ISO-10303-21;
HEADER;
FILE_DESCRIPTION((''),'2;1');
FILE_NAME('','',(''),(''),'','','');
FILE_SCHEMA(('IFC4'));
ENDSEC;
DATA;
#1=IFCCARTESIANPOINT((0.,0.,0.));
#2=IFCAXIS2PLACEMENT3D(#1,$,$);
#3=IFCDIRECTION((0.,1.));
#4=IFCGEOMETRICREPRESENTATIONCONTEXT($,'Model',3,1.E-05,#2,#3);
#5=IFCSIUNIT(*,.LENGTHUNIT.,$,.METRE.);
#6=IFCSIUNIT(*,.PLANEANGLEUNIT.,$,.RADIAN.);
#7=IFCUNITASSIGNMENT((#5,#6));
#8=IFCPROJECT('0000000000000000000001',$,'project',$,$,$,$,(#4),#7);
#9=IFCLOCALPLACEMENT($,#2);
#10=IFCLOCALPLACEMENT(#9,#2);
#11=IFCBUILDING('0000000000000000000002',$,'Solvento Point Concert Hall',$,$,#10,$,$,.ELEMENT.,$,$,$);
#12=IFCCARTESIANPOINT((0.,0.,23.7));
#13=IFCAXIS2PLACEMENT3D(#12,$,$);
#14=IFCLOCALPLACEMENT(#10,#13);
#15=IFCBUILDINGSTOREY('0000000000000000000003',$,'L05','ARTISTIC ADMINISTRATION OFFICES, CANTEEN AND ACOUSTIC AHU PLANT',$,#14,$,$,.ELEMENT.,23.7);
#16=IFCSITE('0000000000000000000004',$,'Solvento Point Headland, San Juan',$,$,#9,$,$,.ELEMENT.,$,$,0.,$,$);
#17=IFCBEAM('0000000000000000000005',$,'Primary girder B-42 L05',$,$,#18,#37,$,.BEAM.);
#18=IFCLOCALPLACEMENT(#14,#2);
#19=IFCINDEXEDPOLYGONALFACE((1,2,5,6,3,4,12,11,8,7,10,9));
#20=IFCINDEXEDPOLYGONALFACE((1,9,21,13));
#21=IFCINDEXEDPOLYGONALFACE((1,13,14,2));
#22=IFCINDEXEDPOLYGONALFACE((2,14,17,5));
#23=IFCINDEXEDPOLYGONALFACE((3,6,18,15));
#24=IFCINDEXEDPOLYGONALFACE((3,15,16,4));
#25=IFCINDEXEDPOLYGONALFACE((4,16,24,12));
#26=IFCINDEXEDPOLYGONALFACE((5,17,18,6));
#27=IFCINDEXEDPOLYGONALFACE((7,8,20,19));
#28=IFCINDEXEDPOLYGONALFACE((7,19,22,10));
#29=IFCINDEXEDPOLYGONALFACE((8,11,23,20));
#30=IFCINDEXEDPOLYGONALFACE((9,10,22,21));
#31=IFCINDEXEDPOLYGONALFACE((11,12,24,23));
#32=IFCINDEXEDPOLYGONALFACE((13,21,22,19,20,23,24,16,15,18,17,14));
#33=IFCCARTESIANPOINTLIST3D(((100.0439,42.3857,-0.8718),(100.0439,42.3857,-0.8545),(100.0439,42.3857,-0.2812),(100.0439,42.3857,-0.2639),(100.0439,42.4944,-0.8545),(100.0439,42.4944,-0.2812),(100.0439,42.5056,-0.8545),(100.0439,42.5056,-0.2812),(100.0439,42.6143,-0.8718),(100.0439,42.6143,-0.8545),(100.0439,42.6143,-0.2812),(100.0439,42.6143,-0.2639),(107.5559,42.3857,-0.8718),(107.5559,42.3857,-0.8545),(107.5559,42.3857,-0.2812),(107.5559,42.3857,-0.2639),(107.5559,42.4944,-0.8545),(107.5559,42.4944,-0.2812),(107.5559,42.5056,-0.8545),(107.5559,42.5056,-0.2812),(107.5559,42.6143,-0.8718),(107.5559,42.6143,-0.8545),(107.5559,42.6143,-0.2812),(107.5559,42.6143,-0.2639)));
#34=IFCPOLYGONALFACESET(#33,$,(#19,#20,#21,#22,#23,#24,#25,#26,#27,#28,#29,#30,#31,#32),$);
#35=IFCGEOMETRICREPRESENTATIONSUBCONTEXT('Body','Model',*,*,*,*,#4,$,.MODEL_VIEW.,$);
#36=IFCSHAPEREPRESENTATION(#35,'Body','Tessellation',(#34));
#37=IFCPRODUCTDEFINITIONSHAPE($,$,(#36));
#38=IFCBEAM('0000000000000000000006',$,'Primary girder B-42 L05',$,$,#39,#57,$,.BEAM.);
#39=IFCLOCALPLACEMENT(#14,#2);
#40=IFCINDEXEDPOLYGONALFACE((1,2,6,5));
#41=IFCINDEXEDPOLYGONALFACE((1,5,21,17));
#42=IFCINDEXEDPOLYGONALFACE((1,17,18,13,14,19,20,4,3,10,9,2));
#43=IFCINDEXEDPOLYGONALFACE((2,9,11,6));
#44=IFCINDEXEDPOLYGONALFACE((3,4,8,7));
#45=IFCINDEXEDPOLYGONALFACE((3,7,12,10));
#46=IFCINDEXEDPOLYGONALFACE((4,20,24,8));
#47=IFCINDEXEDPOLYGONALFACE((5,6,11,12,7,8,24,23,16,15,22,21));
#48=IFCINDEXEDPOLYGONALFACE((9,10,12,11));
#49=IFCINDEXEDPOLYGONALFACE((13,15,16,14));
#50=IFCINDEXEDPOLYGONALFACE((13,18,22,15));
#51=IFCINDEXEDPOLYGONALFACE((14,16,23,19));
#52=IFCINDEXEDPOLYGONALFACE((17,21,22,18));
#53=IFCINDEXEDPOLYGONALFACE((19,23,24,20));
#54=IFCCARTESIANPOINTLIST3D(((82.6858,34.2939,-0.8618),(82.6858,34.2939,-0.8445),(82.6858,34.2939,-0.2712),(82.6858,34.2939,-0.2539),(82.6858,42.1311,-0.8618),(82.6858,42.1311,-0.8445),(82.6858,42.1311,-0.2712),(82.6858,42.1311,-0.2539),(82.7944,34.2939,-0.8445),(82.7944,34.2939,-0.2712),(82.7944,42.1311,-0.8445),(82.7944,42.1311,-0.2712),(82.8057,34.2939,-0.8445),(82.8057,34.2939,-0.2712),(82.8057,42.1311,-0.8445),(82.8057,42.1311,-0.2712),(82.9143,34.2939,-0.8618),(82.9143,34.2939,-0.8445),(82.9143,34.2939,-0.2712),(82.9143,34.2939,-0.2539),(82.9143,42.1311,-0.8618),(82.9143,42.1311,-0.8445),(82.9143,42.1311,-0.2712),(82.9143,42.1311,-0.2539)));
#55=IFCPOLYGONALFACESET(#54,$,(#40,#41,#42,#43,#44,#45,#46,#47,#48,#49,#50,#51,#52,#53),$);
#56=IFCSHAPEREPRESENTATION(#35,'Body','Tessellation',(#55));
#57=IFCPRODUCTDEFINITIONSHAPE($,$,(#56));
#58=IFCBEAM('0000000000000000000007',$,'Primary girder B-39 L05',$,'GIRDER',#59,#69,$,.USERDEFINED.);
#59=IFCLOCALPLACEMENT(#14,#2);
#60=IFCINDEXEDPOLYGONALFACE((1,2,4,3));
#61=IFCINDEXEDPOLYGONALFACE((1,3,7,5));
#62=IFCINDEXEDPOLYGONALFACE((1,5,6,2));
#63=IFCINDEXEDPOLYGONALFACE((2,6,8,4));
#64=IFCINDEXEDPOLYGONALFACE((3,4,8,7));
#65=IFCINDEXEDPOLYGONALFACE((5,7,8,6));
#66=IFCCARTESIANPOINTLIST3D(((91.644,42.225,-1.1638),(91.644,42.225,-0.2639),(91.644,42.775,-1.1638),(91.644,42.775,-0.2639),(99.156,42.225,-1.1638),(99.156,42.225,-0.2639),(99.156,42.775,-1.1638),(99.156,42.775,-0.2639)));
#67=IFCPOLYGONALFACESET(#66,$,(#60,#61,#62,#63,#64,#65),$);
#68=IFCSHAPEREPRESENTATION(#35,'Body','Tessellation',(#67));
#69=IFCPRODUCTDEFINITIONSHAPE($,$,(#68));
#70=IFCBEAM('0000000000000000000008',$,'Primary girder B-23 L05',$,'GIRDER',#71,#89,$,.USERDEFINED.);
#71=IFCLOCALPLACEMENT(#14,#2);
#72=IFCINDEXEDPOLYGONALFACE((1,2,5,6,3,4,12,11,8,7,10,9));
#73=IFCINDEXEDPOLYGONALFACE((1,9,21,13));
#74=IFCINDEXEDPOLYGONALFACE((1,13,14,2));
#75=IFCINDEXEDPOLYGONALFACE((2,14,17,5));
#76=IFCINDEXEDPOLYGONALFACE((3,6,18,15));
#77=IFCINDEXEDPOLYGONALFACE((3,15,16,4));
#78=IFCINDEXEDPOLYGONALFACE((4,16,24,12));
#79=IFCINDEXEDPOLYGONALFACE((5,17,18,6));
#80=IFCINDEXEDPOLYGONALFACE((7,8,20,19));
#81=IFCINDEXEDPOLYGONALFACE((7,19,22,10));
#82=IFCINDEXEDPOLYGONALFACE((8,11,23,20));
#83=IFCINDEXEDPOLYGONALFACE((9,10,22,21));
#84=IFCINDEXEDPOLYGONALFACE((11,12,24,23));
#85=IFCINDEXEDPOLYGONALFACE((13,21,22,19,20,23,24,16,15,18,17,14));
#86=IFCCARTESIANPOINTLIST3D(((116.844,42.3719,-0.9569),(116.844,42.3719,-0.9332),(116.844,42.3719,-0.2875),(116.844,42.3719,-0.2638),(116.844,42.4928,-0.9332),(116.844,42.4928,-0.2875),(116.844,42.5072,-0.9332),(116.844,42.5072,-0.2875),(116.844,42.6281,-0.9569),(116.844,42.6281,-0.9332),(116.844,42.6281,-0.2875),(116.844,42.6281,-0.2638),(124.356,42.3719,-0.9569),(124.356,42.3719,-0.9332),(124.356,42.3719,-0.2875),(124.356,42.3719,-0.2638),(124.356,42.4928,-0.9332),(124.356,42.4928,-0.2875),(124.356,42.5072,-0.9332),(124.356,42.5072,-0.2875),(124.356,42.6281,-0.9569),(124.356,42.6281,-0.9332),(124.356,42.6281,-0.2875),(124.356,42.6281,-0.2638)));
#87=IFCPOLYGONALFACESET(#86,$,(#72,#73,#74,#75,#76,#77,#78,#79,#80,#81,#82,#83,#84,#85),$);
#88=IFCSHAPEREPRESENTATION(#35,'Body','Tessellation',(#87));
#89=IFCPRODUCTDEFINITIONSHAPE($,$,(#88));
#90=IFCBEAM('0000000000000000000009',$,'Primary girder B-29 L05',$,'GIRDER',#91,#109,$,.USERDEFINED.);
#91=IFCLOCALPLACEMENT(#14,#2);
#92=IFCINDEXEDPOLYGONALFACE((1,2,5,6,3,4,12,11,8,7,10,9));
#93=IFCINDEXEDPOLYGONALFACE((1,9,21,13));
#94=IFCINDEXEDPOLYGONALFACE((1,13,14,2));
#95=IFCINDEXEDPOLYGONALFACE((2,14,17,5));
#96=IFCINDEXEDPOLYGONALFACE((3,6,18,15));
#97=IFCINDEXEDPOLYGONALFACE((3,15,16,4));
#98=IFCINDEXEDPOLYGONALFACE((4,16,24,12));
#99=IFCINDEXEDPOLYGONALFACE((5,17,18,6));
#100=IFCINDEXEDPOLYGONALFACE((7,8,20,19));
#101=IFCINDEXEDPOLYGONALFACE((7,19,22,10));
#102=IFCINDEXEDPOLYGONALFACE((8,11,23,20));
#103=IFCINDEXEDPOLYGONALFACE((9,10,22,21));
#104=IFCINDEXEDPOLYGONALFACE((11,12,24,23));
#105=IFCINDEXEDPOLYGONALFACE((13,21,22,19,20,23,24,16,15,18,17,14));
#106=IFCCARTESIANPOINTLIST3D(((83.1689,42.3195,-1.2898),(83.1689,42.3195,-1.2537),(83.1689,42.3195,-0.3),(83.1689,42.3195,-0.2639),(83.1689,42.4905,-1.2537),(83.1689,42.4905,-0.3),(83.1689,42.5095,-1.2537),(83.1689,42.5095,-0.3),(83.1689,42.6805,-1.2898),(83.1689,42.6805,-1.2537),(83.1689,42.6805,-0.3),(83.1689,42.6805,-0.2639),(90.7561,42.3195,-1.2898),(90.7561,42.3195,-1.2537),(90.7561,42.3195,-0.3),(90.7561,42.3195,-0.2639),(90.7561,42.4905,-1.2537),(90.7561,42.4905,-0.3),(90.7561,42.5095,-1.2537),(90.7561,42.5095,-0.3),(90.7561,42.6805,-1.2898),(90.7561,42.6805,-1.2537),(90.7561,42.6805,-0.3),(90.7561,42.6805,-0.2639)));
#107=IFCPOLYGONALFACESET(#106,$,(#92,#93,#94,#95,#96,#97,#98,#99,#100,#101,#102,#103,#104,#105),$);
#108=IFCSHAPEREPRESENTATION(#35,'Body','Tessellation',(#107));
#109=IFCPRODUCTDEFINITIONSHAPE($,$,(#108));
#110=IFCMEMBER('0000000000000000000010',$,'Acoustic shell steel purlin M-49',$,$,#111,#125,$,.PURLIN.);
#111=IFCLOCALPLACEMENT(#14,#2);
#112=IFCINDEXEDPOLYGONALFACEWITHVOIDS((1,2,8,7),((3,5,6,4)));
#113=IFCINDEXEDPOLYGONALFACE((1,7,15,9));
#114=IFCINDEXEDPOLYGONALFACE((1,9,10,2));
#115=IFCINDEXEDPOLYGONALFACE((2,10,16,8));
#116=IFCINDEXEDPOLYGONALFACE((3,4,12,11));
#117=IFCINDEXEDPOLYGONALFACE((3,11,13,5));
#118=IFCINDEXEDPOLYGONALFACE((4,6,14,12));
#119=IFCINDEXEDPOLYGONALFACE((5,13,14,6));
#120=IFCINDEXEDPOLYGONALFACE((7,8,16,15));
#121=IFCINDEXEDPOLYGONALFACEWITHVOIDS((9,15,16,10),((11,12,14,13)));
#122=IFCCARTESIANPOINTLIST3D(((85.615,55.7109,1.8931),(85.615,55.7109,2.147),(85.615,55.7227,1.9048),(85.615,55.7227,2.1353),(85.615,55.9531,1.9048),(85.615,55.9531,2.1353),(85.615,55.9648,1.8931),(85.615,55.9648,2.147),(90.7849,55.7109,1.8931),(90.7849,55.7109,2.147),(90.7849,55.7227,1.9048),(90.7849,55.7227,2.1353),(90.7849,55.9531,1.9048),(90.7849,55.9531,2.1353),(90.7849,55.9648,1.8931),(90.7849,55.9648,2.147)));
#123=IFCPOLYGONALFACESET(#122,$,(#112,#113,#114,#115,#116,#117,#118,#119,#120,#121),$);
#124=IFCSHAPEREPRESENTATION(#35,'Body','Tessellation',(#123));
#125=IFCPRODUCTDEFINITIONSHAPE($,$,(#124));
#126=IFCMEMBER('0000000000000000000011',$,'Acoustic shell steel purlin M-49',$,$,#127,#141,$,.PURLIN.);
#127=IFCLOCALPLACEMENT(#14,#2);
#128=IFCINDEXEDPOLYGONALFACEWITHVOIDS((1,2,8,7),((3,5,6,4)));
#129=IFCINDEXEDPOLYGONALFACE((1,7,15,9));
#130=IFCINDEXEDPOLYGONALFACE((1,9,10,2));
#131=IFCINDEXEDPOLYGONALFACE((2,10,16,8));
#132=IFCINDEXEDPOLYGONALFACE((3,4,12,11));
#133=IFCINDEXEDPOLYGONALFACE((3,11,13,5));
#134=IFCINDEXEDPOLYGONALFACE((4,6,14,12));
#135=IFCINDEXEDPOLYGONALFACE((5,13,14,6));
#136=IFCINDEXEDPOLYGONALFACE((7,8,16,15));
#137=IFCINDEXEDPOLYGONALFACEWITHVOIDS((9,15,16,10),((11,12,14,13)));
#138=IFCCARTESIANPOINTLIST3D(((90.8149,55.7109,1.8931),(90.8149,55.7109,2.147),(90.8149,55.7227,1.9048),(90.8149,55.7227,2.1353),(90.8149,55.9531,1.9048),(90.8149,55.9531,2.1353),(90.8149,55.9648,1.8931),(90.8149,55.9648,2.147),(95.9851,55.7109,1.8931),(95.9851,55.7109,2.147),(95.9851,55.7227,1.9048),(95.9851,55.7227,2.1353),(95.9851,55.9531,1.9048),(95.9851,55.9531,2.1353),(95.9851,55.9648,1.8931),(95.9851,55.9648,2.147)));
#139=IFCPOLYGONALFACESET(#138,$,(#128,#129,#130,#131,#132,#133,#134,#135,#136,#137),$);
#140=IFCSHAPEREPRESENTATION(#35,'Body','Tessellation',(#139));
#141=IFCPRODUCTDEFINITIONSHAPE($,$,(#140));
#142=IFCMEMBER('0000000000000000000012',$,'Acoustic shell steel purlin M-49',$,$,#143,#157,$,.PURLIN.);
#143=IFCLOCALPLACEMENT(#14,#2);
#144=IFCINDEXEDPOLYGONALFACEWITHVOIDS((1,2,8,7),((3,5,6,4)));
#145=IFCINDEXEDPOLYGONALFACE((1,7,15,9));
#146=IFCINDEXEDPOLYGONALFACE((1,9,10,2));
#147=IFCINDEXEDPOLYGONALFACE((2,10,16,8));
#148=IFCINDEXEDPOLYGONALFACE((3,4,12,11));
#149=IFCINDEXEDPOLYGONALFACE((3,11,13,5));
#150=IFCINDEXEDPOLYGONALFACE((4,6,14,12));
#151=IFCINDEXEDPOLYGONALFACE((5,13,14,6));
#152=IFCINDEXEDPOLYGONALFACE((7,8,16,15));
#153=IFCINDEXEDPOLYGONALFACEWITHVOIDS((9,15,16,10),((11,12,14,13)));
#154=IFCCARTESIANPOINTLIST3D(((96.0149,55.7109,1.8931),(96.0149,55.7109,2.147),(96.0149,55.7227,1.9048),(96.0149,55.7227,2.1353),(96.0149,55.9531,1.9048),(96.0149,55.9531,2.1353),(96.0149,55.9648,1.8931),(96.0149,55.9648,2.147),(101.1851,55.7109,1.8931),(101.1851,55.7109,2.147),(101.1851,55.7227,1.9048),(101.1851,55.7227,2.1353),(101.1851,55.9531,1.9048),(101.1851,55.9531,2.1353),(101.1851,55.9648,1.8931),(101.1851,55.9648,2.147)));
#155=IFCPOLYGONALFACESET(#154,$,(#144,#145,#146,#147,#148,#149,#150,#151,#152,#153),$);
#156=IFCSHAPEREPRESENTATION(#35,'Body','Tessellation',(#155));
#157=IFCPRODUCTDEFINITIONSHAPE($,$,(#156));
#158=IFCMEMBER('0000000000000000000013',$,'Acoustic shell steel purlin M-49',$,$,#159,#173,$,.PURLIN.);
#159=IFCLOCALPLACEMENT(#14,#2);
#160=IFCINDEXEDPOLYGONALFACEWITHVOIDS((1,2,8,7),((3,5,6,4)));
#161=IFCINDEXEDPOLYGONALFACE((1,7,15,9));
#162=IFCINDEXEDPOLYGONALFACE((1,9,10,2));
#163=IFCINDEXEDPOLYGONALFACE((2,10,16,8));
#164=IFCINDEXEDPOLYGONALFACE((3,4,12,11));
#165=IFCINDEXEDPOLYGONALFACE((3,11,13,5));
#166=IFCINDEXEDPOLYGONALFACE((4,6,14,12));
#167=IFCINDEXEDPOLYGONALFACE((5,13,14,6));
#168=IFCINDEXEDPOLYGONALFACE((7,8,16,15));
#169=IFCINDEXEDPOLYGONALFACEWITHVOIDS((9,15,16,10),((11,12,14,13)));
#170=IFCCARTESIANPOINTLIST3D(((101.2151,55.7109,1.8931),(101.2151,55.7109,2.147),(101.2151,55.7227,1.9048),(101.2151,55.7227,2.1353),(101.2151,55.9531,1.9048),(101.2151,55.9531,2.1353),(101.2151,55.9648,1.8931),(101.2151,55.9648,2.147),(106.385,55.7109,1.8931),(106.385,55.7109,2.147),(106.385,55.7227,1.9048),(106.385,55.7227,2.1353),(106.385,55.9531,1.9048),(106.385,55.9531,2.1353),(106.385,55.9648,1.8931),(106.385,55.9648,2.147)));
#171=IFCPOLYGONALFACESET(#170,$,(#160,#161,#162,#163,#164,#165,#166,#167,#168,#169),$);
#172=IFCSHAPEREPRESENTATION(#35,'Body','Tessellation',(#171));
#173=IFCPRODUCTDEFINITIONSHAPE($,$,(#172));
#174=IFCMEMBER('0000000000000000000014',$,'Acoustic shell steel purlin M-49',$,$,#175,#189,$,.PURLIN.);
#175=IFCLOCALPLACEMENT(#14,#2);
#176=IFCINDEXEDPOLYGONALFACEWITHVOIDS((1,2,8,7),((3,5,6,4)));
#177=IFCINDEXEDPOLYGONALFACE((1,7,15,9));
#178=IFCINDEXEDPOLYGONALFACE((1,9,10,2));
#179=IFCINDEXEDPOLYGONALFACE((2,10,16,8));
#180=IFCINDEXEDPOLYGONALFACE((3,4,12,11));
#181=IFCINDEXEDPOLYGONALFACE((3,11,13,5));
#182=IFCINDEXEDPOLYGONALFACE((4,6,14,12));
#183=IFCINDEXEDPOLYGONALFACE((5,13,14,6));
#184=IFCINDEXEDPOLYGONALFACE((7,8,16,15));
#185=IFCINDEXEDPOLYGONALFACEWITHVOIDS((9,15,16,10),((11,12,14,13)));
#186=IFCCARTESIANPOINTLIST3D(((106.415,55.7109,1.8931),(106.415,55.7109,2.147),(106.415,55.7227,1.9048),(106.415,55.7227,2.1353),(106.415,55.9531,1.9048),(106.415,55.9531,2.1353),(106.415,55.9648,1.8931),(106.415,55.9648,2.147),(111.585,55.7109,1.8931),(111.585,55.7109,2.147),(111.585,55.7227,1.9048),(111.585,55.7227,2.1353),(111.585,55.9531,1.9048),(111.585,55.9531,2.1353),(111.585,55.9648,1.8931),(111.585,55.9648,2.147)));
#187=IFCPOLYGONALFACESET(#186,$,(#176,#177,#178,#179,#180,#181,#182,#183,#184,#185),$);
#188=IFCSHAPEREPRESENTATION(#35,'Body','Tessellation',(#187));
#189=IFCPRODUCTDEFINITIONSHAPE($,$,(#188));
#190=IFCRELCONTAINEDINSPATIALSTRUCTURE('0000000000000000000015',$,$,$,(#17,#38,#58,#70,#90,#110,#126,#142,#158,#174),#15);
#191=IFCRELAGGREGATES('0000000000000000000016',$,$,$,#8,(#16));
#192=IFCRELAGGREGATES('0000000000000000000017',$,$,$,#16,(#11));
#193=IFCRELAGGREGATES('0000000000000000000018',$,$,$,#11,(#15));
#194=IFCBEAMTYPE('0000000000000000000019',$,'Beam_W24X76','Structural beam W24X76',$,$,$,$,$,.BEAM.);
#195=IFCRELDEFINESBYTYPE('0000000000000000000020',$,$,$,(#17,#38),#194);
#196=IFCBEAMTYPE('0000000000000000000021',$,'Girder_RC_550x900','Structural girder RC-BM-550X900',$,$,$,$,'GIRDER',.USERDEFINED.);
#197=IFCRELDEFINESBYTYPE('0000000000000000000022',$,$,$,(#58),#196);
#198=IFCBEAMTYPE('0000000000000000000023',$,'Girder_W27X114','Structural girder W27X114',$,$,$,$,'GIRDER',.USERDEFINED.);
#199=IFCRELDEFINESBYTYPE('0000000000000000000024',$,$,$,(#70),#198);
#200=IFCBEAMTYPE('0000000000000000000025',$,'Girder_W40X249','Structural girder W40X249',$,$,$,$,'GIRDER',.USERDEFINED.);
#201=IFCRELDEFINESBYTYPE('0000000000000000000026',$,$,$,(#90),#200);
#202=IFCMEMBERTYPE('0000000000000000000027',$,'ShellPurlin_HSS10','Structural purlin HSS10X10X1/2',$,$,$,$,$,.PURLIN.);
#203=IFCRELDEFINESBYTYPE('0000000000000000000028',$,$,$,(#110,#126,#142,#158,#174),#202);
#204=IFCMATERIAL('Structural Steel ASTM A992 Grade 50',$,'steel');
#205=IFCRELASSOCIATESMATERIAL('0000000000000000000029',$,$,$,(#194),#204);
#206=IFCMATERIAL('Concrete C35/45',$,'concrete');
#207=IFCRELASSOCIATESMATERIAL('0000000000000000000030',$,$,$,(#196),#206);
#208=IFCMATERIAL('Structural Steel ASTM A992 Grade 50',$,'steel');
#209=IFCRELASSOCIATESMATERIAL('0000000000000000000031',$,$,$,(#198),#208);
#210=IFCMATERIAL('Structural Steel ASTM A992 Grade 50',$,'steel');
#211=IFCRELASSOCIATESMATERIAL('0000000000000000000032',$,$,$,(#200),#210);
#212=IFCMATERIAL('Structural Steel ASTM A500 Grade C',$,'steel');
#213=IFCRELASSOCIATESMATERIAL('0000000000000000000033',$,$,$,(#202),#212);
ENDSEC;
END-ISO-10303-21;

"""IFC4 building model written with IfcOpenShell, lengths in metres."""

from ifc_helpers import new_model, si_unit, direction, frame, origin, origin_2d, place, context, subcontext, project, spatial, rectangle, hollow_rectangle, i_section, extrude, material, material_profile, profile_set, type_object, element, save


model = new_model("IFC4")

# Units and contexts
model_context = context("Model", 3, precision=1e-05, world=origin(), true_north=direction((0.0, 1.0)))
body_context = subcontext(model_context, "Body", "Model", "MODEL_VIEW")
ifc_project = project(units=[si_unit("LENGTHUNIT", "METRE"), si_unit("PLANEANGLEUNIT", "RADIAN")], contexts=[model_context])

# Site, building, storey
site_placement = place(None, origin())
site = spatial("IfcSite", under=ifc_project, at=site_placement, Name="Solvento Point Headland, San Juan", CompositionType="ELEMENT", RefElevation=0.0)
building_placement = place(site_placement, origin())
building = spatial("IfcBuilding", under=site, at=building_placement, Name="Solvento Point Concert Hall", CompositionType="ELEMENT")
storey_placement = place(building_placement, frame((0.0, 0.0, 23.7)))
storey = spatial("IfcBuildingStorey", under=building, at=storey_placement, Name="L05", Description="ARTISTIC ADMINISTRATION OFFICES, CANTEEN AND ACOUSTIC AHU PLANT", CompositionType="ELEMENT", Elevation=23.7)

# Beams
ifc_material_1 = material(Name="Structural Steel ASTM A992 Grade 50", Category="steel")
ifc_material_profile_1 = material_profile(ifc_material_1, i_section(OverallWidth=0.2285, OverallDepth=0.6079, WebThickness=0.0112, FlangeThickness=0.0173, at=origin_2d()), Name="W24X76")
ifc_profile_set_1 = profile_set([ifc_material_profile_1], Name="Structural Steel ASTM A992 Grade 50")
beam_type_1 = type_object("IfcBeamType", Name="Beam_W24X76", Description="Structural beam W24X76", PredefinedType="BEAM", material=ifc_profile_set_1)
beam_1_placement = place(storey_placement, frame((100.0439, 42.5, -0.5679), z_axis=(1.0, 0.0, 0.0), x_axis=(0.0, 1.0, 0.0)))
element("IfcBeam", 1, at=beam_1_placement, inside=storey, type_object=beam_type_1, Name="Primary girder B-42 L05", PredefinedType="BEAM", context=body_context, shape_type="SweptSolid", body=[
    extrude(i_section(OverallWidth=0.2285, OverallDepth=0.6079, WebThickness=0.0112, FlangeThickness=0.0173, at=origin_2d()), origin(), (0.0, 0.0, 1.0), 7.512),
])
beam_2_placement = place(storey_placement, frame((82.8, 34.2939, -0.5579), z_axis=(0.0, 1.0, 0.0), x_axis=(-1.0, 0.0, 0.0)))
element("IfcBeam", 2, at=beam_2_placement, inside=storey, type_object=beam_type_1, Name="Primary girder B-42 L05", PredefinedType="BEAM", context=body_context, shape_type="SweptSolid", body=[
    extrude(i_section(OverallWidth=0.2285, OverallDepth=0.6079, WebThickness=0.0112, FlangeThickness=0.0173, at=origin_2d()), origin(), (0.0, 0.0, 1.0), 7.8372),
])
ifc_material_2 = material(Name="Concrete C35/45", Category="concrete")
ifc_material_profile_2 = material_profile(ifc_material_2, rectangle(XDim=0.55, YDim=0.8999, at=origin_2d()), Name="RC-BM-550X900")
ifc_profile_set_2 = profile_set([ifc_material_profile_2], Name="Concrete C35/45")
beam_type_2 = type_object("IfcBeamType", Name="Girder_RC_550x900", Description="Structural girder RC-BM-550X900", ElementType="GIRDER", PredefinedType="USERDEFINED", material=ifc_profile_set_2)
beam_3_placement = place(storey_placement, frame((91.644, 42.5, -0.7139), z_axis=(1.0, 0.0, 0.0), x_axis=(0.0, 1.0, 0.0)))
element("IfcBeam", 3, at=beam_3_placement, inside=storey, type_object=beam_type_2, Name="Primary girder B-39 L05", ObjectType="GIRDER", PredefinedType="USERDEFINED", context=body_context, shape_type="SweptSolid", body=[
    extrude(rectangle(XDim=0.55, YDim=0.8999, at=origin_2d()), origin(), (0.0, 0.0, 1.0), 7.512),
])
ifc_material_3 = material(Name="Structural Steel ASTM A992 Grade 50", Category="steel")
ifc_material_profile_3 = material_profile(ifc_material_3, i_section(OverallWidth=0.2561, OverallDepth=0.6931, WebThickness=0.0144, FlangeThickness=0.0237, at=origin_2d()), Name="W27X114")
ifc_profile_set_3 = profile_set([ifc_material_profile_3], Name="Structural Steel ASTM A992 Grade 50")
beam_type_3 = type_object("IfcBeamType", Name="Girder_W27X114", Description="Structural girder W27X114", ElementType="GIRDER", PredefinedType="USERDEFINED", material=ifc_profile_set_3)
beam_4_placement = place(storey_placement, frame((116.844, 42.5, -0.6104), z_axis=(1.0, 0.0, 0.0), x_axis=(0.0, 1.0, 0.0)))
element("IfcBeam", 4, at=beam_4_placement, inside=storey, type_object=beam_type_3, Name="Primary girder B-23 L05", ObjectType="GIRDER", PredefinedType="USERDEFINED", context=body_context, shape_type="SweptSolid", body=[
    extrude(i_section(OverallWidth=0.2561, OverallDepth=0.6931, WebThickness=0.0144, FlangeThickness=0.0237, at=origin_2d()), origin(), (0.0, 0.0, 1.0), 7.512),
])
ifc_material_4 = material(Name="Structural Steel ASTM A992 Grade 50", Category="steel")
ifc_material_profile_4 = material_profile(ifc_material_4, i_section(OverallWidth=0.3611, OverallDepth=1.0259, WebThickness=0.019, FlangeThickness=0.0361, at=origin_2d()), Name="W40X249")
ifc_profile_set_4 = profile_set([ifc_material_profile_4], Name="Structural Steel ASTM A992 Grade 50")
beam_type_4 = type_object("IfcBeamType", Name="Girder_W40X249", Description="Structural girder W40X249", ElementType="GIRDER", PredefinedType="USERDEFINED", material=ifc_profile_set_4)
beam_5_placement = place(storey_placement, frame((83.1689, 42.5, -0.7769), z_axis=(1.0, 0.0, 0.0), x_axis=(0.0, 1.0, 0.0)))
element("IfcBeam", 5, at=beam_5_placement, inside=storey, type_object=beam_type_4, Name="Primary girder B-29 L05", ObjectType="GIRDER", PredefinedType="USERDEFINED", context=body_context, shape_type="SweptSolid", body=[
    extrude(i_section(OverallWidth=0.3611, OverallDepth=1.0259, WebThickness=0.019, FlangeThickness=0.0361, at=origin_2d()), origin(), (0.0, 0.0, 1.0), 7.5872),
])

# Members
ifc_material_5 = material(Name="Structural Steel ASTM A500 Grade C", Category="steel")
ifc_material_profile_5 = material_profile(ifc_material_5, hollow_rectangle(XDim=0.2539, YDim=0.2539, WallThickness=0.0117, at=origin_2d()), Name="HSS10X10X1/2")
ifc_profile_set_5 = profile_set([ifc_material_profile_5], Name="Structural Steel ASTM A500 Grade C")
member_type = type_object("IfcMemberType", Name="ShellPurlin_HSS10", Description="Structural purlin HSS10X10X1/2", PredefinedType="PURLIN", material=ifc_profile_set_5)
member_1_placement = place(storey_placement, frame((85.615, 55.8379, 2.02), z_axis=(1.0, 0.0, 0.0), x_axis=(0.0, 1.0, 0.0)))
element("IfcMember", 6, at=member_1_placement, inside=storey, type_object=member_type, Name="Acoustic shell steel purlin M-49", PredefinedType="PURLIN", context=body_context, shape_type="SweptSolid", body=[
    extrude(hollow_rectangle(XDim=0.2539, YDim=0.2539, WallThickness=0.0117, at=origin_2d()), origin(), (0.0, 0.0, 1.0), 5.1699),
])
for number, where, z_axis, x_axis, name in (
    (7, (90.8149, 55.8379, 2.02), (1.0, 0.0, 0.0), (0.0, 1.0, 0.0), "Acoustic shell steel purlin M-49"),
    (8, (96.0149, 55.8379, 2.02), (1.0, 0.0, 0.0), (0.0, 1.0, 0.0), "Acoustic shell steel purlin M-49"),
):
    element("IfcMember", number, at=place(storey_placement, frame(where, z_axis=z_axis, x_axis=x_axis)), inside=storey, type_object=member_type, Name=name, PredefinedType="PURLIN", context=body_context, shape_type="SweptSolid", body=[
        extrude(hollow_rectangle(XDim=0.2539, YDim=0.2539, WallThickness=0.0117, at=origin_2d()), origin(), (0.0, 0.0, 1.0), 5.1702),
    ])
for number, where, z_axis, x_axis, name in (
    (9, (101.2151, 55.8379, 2.02), (1.0, 0.0, 0.0), (0.0, 1.0, 0.0), "Acoustic shell steel purlin M-49"),
    (10, (106.415, 55.8379, 2.02), (1.0, 0.0, 0.0), (0.0, 1.0, 0.0), "Acoustic shell steel purlin M-49"),
):
    element("IfcMember", number, at=place(storey_placement, frame(where, z_axis=z_axis, x_axis=x_axis)), inside=storey, type_object=member_type, Name=name, PredefinedType="PURLIN", context=body_context, shape_type="SweptSolid", body=[
        extrude(hollow_rectangle(XDim=0.2539, YDim=0.2539, WallThickness=0.0117, at=origin_2d()), origin(), (0.0, 0.0, 1.0), 5.1699),
    ])

save(model, "model.ifc")
